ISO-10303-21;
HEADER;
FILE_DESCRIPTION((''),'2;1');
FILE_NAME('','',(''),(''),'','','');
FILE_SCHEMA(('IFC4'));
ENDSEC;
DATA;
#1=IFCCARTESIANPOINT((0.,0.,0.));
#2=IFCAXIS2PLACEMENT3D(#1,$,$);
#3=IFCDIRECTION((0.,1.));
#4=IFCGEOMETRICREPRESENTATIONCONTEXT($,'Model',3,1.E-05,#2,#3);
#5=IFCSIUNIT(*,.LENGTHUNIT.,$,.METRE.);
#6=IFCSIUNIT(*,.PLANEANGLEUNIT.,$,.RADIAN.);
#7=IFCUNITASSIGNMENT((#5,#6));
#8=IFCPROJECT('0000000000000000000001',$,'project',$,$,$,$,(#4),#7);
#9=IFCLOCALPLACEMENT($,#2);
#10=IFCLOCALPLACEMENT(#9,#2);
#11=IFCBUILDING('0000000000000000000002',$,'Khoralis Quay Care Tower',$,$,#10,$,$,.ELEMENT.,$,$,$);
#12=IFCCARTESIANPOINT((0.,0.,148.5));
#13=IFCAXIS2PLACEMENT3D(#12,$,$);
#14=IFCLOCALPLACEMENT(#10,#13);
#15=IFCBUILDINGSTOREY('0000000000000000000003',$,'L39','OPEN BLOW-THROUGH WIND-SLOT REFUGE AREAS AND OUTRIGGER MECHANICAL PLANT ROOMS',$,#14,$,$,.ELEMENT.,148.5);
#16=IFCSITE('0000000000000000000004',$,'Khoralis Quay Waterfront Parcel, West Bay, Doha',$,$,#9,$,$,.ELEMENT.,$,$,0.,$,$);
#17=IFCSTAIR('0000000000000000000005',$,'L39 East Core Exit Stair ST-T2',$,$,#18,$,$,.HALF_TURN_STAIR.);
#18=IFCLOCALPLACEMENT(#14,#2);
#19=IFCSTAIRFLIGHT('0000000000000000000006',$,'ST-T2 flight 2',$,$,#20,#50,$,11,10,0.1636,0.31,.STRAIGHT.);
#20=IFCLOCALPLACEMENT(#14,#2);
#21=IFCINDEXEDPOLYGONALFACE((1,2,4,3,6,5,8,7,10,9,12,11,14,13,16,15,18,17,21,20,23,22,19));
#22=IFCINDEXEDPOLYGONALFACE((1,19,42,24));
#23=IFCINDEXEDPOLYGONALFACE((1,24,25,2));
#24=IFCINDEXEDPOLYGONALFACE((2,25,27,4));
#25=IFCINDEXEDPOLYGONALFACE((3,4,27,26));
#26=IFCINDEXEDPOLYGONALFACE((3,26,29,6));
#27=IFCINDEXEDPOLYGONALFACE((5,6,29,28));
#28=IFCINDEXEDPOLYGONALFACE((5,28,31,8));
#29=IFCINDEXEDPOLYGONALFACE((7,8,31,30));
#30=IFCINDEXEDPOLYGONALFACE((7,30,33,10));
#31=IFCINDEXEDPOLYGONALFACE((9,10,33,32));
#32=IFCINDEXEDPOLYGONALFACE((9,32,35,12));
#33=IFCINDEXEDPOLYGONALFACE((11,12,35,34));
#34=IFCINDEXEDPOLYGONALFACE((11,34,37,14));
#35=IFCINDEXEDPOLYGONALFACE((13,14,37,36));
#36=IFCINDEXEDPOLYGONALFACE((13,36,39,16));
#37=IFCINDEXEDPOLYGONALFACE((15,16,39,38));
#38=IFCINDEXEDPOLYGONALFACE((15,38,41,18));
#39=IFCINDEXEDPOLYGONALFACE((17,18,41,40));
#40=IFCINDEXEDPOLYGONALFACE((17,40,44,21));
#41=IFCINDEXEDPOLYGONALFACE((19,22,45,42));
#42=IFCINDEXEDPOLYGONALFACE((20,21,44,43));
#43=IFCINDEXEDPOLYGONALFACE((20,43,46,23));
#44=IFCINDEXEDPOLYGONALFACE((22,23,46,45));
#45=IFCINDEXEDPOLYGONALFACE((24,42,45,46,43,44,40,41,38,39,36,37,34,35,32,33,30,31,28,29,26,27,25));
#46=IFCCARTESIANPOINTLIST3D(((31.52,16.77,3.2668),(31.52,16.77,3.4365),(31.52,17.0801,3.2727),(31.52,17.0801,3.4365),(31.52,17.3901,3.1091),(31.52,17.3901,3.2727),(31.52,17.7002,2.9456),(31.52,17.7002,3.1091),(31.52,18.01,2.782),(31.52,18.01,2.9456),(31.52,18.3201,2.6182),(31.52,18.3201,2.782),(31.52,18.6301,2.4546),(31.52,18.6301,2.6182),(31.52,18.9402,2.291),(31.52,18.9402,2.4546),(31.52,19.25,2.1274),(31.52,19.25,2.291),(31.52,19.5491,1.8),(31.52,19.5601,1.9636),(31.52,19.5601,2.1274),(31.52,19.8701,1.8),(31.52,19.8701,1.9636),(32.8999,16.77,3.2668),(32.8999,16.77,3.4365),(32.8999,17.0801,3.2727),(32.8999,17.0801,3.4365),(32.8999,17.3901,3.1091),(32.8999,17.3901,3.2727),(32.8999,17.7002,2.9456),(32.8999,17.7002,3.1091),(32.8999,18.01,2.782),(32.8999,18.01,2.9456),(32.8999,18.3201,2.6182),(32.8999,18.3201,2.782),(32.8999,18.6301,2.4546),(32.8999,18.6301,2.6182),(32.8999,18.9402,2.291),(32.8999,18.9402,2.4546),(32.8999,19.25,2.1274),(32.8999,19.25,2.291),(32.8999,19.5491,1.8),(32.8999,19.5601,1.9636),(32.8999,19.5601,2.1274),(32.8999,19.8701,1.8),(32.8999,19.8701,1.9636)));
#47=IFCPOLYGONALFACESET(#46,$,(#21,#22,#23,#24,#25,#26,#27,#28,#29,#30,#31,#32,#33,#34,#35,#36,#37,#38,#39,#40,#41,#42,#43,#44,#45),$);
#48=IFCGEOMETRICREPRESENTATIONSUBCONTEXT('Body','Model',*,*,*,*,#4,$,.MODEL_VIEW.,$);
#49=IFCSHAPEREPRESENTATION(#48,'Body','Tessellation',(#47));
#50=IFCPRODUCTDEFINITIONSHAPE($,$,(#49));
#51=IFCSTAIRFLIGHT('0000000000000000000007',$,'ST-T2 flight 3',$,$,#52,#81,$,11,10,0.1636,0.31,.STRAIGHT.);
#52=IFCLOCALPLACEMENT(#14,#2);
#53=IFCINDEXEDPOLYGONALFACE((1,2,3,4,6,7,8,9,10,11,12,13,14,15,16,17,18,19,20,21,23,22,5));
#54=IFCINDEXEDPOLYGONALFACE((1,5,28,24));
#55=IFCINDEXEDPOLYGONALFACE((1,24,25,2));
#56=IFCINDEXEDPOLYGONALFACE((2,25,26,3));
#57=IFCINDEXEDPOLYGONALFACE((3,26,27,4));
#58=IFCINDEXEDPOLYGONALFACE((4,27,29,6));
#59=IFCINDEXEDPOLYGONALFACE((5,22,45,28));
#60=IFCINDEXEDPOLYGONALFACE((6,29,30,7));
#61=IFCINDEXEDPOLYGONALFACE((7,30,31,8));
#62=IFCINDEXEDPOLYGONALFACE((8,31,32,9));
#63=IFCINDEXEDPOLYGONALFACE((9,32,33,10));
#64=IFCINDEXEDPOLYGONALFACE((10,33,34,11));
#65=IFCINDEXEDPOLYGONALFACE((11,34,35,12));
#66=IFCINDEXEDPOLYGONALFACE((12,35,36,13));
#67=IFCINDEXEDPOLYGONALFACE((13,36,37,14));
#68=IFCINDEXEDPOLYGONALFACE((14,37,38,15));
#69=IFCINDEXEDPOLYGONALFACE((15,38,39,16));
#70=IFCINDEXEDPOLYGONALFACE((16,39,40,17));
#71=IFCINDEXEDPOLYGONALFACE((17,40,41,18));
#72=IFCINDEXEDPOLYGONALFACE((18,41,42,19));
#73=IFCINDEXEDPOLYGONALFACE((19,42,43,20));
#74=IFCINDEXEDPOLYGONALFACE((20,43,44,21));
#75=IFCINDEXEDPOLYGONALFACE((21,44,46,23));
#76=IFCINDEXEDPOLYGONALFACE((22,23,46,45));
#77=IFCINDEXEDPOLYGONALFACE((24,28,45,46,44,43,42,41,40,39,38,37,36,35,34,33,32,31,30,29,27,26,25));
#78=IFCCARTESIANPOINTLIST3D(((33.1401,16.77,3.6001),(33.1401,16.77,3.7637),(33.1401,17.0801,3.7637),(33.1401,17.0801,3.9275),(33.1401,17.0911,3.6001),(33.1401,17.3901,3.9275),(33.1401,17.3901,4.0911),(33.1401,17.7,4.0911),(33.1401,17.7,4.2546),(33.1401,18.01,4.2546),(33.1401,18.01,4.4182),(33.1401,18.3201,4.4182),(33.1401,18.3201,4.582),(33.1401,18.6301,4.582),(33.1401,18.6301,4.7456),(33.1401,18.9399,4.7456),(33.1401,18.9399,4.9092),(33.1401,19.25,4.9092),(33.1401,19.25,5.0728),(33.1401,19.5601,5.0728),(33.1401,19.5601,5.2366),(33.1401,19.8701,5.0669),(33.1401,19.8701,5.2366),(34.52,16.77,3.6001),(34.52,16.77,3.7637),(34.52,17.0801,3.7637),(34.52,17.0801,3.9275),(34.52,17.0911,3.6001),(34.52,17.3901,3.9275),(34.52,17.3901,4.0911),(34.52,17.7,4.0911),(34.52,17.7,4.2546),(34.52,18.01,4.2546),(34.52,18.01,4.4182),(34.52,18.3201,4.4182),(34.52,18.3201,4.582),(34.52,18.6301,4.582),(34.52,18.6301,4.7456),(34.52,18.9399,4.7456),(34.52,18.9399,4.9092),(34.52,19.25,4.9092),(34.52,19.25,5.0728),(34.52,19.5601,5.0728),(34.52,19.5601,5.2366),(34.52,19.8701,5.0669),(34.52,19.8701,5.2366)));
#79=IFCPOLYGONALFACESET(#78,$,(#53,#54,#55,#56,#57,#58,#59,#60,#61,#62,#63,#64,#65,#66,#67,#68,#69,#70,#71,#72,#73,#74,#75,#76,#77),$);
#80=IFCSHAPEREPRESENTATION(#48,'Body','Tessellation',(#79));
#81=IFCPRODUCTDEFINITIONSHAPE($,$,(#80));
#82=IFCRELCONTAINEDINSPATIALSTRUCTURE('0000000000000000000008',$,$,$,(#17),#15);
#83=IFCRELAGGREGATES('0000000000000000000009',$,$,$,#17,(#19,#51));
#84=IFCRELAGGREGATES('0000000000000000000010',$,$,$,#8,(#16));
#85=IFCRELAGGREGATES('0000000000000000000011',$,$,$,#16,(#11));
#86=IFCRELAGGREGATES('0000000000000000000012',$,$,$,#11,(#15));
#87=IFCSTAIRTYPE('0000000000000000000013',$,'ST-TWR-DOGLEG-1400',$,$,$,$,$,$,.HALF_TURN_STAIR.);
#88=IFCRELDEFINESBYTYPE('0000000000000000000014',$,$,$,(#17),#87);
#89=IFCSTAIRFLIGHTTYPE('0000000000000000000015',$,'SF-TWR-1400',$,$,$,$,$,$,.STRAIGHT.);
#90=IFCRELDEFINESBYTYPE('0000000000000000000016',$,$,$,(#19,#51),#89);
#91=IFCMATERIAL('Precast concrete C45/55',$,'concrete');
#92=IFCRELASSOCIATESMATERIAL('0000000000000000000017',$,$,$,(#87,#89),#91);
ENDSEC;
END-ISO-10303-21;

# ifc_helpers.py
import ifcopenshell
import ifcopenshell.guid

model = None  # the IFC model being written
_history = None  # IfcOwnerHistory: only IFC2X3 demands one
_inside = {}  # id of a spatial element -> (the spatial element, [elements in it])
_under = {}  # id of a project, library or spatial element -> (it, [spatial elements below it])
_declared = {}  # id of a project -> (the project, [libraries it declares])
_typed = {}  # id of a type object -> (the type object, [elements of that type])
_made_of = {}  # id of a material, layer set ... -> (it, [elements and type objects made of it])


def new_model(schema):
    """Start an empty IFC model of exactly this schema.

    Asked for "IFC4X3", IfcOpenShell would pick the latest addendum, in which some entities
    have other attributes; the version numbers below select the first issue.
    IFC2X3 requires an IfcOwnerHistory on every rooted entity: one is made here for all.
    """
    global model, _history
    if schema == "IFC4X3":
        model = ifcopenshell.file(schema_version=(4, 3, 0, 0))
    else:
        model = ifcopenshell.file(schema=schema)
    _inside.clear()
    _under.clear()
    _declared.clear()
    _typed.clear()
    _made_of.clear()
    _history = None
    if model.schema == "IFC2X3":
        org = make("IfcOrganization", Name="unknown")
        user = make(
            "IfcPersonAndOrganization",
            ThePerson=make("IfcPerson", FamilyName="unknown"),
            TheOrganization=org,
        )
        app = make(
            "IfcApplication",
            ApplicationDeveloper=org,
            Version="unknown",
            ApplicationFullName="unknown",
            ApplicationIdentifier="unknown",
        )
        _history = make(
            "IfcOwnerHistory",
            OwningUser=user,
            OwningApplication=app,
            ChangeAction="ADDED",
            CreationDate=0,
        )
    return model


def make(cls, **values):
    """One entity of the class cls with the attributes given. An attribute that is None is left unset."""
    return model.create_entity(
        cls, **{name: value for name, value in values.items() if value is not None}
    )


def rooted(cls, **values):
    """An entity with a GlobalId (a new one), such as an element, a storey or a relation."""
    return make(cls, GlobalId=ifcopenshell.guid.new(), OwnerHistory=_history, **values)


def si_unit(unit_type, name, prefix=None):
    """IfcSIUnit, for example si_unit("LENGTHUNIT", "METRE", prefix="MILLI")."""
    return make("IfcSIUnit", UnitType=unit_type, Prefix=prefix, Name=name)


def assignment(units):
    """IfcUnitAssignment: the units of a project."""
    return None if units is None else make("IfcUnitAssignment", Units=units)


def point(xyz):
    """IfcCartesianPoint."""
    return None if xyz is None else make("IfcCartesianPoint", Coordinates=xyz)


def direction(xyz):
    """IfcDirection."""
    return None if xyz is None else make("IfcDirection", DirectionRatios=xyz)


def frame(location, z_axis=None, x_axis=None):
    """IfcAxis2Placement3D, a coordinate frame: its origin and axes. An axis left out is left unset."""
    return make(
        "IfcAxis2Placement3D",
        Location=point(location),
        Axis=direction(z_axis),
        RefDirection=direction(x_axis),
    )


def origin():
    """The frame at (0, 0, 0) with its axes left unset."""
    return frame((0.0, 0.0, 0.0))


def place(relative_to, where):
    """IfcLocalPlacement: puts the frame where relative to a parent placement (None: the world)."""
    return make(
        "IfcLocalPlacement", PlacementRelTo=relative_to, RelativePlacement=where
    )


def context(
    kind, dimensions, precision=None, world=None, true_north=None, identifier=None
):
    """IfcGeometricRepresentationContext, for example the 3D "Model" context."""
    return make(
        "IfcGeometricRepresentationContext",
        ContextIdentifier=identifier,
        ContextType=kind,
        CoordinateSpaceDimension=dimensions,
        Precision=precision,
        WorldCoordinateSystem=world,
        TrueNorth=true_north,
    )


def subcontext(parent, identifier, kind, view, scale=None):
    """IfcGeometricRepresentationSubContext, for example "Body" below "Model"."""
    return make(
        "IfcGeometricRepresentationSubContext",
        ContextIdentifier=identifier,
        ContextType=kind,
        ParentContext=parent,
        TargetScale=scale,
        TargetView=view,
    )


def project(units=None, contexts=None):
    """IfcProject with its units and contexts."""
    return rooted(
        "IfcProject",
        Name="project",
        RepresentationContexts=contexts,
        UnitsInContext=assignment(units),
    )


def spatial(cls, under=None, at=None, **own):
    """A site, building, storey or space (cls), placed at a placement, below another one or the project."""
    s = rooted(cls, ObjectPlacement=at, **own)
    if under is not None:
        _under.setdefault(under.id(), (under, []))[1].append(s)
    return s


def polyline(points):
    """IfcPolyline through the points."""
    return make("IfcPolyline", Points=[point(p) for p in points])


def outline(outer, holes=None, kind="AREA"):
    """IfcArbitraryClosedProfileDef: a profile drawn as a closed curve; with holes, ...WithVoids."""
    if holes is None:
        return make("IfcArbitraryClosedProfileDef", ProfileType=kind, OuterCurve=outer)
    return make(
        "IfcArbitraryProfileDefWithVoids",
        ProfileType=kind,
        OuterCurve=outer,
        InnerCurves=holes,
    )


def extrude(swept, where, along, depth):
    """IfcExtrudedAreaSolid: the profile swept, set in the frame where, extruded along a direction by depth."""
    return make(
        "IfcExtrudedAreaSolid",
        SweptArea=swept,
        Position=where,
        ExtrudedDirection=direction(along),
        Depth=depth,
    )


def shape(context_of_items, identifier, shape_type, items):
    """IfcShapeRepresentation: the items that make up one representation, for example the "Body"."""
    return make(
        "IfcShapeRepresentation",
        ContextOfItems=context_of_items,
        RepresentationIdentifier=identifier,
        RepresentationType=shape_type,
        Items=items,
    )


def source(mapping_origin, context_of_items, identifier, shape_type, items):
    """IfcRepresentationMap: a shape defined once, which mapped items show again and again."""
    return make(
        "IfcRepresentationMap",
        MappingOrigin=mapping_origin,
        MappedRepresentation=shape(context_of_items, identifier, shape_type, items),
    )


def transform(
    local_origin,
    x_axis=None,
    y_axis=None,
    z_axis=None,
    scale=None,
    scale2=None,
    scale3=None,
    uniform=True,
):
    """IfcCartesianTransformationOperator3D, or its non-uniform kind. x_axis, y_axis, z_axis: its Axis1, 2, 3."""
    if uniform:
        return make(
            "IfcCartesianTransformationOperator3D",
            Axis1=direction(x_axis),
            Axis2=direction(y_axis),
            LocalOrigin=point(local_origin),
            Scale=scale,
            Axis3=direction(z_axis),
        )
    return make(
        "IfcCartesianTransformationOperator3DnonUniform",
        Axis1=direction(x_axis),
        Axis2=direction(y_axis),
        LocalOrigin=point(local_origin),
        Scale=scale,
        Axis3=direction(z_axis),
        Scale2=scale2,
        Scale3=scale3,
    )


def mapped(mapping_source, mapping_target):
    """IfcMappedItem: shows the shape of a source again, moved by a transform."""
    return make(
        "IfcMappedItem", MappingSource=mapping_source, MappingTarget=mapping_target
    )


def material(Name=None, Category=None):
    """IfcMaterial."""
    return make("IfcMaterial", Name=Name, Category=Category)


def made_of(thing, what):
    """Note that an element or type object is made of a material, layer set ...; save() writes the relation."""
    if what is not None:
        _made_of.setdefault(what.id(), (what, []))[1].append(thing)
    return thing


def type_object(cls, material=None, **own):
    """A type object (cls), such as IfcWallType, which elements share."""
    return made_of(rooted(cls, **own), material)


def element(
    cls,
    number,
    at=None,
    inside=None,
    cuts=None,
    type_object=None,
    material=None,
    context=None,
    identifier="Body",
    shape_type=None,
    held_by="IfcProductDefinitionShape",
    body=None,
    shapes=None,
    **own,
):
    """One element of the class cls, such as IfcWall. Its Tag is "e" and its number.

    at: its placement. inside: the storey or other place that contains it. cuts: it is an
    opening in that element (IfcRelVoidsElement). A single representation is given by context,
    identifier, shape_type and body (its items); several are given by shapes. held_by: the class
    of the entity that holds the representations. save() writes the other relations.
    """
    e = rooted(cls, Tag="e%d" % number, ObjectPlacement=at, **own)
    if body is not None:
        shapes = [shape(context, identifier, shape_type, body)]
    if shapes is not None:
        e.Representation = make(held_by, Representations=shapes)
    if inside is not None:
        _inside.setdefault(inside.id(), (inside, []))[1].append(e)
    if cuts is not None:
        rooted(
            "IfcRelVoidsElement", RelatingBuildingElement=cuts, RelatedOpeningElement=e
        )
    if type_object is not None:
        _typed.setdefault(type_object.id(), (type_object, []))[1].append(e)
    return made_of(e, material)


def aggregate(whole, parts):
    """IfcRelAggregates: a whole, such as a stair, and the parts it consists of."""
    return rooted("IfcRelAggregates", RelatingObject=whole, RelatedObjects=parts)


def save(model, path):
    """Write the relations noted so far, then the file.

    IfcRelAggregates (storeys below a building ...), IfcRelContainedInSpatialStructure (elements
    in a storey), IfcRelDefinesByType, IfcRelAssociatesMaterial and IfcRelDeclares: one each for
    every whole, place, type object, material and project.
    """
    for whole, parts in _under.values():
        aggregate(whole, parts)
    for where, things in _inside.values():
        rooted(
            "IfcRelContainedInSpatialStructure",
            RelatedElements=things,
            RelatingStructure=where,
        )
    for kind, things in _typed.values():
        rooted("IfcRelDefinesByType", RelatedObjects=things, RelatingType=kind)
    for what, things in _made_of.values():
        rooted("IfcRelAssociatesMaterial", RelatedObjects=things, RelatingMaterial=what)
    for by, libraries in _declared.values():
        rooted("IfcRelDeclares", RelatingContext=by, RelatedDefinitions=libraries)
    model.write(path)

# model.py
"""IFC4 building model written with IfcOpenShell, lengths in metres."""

from ifc_helpers import new_model, si_unit, direction, frame, origin, place, context, subcontext, project, spatial, polyline, outline, extrude, source, transform, mapped, material, type_object, element, aggregate, save


model = new_model("IFC4")

# Units and contexts
model_context = context("Model", 3, precision=1e-05, world=origin(), true_north=direction((0.0, 1.0)))
body_context = subcontext(model_context, "Body", "Model", "MODEL_VIEW")
ifc_project = project(units=[si_unit("LENGTHUNIT", "METRE"), si_unit("PLANEANGLEUNIT", "RADIAN")], contexts=[model_context])

# Site, building, storey
site_placement = place(None, origin())
site = spatial("IfcSite", under=ifc_project, at=site_placement, Name="Khoralis Quay Waterfront Parcel, West Bay, Doha", CompositionType="ELEMENT", RefElevation=0.0)
building_placement = place(site_placement, origin())
building = spatial("IfcBuilding", under=site, at=building_placement, Name="Khoralis Quay Care Tower", CompositionType="ELEMENT")
storey_placement = place(building_placement, frame((0.0, 0.0, 148.5)))
storey = spatial("IfcBuildingStorey", under=building, at=storey_placement, Name="L39", Description="OPEN BLOW-THROUGH WIND-SLOT REFUGE AREAS AND OUTRIGGER MECHANICAL PLANT ROOMS", CompositionType="ELEMENT", Elevation=148.5)

# Stair, stair flights
ifc_material_1 = material(Name="Precast concrete C45/55", Category="concrete")
stair_type = type_object("IfcStairType", Name="ST-TWR-DOGLEG-1400", PredefinedType="HALF_TURN_STAIR", material=ifc_material_1)
stair_placement = place(storey_placement, origin())
stair = element("IfcStair", 1, at=stair_placement, inside=storey, type_object=stair_type, Name="L39 East Core Exit Stair ST-T2", PredefinedType="HALF_TURN_STAIR")
stair_flight_type = type_object("IfcStairFlightType", Name="SF-TWR-1400", PredefinedType="STRAIGHT", material=ifc_material_1)
shared_shape_1 = source(origin(), body_context, "Body", "SweptSolid", [
    extrude(outline(polyline([(0.0, 0.0), (0.0, 0.1636), (0.3101, 0.1636), (0.3101, 0.3274), (0.6201, 0.3274), (0.6201, 0.491), (0.9299, 0.491), (0.9299, 0.6545), (1.24, 0.6545), (1.24, 0.8181), (1.55, 0.8181), (1.55, 0.9819), (1.8601, 0.9819), (1.8601, 1.1455), (2.1699, 1.1455), (2.1699, 1.3091), (2.48, 1.3091), (2.48, 1.4727), (2.79, 1.4727), (2.79, 1.6365), (3.1001, 1.6365), (3.1001, 1.8), (3.1001, 1.4668), (0.321, 0.0), (0.0, 0.0)])), frame((0.0, 0.6899, 0.0), z_axis=(0.0, -1.0, 0.0), x_axis=(1.0, 0.0, 0.0)), (0.0, 0.0, 1.0), 1.3799),
])
stair_flight_1_placement = place(storey_placement, frame((32.21, 19.8701, 1.8), z_axis=(0.0, 0.0, 1.0), x_axis=(0.0, -1.0, 0.0)))
stair_flight_1 = element("IfcStairFlight", 2, at=stair_flight_1_placement, type_object=stair_flight_type, Name="ST-T2 flight 2", NumberOfRisers=11, NumberOfTreads=10, PredefinedType="STRAIGHT", RiserHeight=0.1636, TreadLength=0.31, context=body_context, shape_type="MappedRepresentation", body=[
    mapped(shared_shape_1, transform((0.0, 0.0, 0.0), scale=1.0)),
])
stair_flight_2_placement = place(storey_placement, frame((33.8301, 16.77, 3.6001), z_axis=(0.0, 0.0, 1.0), x_axis=(0.0, 1.0, 0.0)))
stair_flight_2 = element("IfcStairFlight", 3, at=stair_flight_2_placement, type_object=stair_flight_type, Name="ST-T2 flight 3", NumberOfRisers=11, NumberOfTreads=10, PredefinedType="STRAIGHT", RiserHeight=0.1636, TreadLength=0.31, context=body_context, shape_type="MappedRepresentation", body=[
    mapped(shared_shape_1, transform((0.0, 0.0, 0.0), scale=1.0)),
])
aggregate(stair, [stair_flight_1, stair_flight_2])

save(model, "model.ifc")
